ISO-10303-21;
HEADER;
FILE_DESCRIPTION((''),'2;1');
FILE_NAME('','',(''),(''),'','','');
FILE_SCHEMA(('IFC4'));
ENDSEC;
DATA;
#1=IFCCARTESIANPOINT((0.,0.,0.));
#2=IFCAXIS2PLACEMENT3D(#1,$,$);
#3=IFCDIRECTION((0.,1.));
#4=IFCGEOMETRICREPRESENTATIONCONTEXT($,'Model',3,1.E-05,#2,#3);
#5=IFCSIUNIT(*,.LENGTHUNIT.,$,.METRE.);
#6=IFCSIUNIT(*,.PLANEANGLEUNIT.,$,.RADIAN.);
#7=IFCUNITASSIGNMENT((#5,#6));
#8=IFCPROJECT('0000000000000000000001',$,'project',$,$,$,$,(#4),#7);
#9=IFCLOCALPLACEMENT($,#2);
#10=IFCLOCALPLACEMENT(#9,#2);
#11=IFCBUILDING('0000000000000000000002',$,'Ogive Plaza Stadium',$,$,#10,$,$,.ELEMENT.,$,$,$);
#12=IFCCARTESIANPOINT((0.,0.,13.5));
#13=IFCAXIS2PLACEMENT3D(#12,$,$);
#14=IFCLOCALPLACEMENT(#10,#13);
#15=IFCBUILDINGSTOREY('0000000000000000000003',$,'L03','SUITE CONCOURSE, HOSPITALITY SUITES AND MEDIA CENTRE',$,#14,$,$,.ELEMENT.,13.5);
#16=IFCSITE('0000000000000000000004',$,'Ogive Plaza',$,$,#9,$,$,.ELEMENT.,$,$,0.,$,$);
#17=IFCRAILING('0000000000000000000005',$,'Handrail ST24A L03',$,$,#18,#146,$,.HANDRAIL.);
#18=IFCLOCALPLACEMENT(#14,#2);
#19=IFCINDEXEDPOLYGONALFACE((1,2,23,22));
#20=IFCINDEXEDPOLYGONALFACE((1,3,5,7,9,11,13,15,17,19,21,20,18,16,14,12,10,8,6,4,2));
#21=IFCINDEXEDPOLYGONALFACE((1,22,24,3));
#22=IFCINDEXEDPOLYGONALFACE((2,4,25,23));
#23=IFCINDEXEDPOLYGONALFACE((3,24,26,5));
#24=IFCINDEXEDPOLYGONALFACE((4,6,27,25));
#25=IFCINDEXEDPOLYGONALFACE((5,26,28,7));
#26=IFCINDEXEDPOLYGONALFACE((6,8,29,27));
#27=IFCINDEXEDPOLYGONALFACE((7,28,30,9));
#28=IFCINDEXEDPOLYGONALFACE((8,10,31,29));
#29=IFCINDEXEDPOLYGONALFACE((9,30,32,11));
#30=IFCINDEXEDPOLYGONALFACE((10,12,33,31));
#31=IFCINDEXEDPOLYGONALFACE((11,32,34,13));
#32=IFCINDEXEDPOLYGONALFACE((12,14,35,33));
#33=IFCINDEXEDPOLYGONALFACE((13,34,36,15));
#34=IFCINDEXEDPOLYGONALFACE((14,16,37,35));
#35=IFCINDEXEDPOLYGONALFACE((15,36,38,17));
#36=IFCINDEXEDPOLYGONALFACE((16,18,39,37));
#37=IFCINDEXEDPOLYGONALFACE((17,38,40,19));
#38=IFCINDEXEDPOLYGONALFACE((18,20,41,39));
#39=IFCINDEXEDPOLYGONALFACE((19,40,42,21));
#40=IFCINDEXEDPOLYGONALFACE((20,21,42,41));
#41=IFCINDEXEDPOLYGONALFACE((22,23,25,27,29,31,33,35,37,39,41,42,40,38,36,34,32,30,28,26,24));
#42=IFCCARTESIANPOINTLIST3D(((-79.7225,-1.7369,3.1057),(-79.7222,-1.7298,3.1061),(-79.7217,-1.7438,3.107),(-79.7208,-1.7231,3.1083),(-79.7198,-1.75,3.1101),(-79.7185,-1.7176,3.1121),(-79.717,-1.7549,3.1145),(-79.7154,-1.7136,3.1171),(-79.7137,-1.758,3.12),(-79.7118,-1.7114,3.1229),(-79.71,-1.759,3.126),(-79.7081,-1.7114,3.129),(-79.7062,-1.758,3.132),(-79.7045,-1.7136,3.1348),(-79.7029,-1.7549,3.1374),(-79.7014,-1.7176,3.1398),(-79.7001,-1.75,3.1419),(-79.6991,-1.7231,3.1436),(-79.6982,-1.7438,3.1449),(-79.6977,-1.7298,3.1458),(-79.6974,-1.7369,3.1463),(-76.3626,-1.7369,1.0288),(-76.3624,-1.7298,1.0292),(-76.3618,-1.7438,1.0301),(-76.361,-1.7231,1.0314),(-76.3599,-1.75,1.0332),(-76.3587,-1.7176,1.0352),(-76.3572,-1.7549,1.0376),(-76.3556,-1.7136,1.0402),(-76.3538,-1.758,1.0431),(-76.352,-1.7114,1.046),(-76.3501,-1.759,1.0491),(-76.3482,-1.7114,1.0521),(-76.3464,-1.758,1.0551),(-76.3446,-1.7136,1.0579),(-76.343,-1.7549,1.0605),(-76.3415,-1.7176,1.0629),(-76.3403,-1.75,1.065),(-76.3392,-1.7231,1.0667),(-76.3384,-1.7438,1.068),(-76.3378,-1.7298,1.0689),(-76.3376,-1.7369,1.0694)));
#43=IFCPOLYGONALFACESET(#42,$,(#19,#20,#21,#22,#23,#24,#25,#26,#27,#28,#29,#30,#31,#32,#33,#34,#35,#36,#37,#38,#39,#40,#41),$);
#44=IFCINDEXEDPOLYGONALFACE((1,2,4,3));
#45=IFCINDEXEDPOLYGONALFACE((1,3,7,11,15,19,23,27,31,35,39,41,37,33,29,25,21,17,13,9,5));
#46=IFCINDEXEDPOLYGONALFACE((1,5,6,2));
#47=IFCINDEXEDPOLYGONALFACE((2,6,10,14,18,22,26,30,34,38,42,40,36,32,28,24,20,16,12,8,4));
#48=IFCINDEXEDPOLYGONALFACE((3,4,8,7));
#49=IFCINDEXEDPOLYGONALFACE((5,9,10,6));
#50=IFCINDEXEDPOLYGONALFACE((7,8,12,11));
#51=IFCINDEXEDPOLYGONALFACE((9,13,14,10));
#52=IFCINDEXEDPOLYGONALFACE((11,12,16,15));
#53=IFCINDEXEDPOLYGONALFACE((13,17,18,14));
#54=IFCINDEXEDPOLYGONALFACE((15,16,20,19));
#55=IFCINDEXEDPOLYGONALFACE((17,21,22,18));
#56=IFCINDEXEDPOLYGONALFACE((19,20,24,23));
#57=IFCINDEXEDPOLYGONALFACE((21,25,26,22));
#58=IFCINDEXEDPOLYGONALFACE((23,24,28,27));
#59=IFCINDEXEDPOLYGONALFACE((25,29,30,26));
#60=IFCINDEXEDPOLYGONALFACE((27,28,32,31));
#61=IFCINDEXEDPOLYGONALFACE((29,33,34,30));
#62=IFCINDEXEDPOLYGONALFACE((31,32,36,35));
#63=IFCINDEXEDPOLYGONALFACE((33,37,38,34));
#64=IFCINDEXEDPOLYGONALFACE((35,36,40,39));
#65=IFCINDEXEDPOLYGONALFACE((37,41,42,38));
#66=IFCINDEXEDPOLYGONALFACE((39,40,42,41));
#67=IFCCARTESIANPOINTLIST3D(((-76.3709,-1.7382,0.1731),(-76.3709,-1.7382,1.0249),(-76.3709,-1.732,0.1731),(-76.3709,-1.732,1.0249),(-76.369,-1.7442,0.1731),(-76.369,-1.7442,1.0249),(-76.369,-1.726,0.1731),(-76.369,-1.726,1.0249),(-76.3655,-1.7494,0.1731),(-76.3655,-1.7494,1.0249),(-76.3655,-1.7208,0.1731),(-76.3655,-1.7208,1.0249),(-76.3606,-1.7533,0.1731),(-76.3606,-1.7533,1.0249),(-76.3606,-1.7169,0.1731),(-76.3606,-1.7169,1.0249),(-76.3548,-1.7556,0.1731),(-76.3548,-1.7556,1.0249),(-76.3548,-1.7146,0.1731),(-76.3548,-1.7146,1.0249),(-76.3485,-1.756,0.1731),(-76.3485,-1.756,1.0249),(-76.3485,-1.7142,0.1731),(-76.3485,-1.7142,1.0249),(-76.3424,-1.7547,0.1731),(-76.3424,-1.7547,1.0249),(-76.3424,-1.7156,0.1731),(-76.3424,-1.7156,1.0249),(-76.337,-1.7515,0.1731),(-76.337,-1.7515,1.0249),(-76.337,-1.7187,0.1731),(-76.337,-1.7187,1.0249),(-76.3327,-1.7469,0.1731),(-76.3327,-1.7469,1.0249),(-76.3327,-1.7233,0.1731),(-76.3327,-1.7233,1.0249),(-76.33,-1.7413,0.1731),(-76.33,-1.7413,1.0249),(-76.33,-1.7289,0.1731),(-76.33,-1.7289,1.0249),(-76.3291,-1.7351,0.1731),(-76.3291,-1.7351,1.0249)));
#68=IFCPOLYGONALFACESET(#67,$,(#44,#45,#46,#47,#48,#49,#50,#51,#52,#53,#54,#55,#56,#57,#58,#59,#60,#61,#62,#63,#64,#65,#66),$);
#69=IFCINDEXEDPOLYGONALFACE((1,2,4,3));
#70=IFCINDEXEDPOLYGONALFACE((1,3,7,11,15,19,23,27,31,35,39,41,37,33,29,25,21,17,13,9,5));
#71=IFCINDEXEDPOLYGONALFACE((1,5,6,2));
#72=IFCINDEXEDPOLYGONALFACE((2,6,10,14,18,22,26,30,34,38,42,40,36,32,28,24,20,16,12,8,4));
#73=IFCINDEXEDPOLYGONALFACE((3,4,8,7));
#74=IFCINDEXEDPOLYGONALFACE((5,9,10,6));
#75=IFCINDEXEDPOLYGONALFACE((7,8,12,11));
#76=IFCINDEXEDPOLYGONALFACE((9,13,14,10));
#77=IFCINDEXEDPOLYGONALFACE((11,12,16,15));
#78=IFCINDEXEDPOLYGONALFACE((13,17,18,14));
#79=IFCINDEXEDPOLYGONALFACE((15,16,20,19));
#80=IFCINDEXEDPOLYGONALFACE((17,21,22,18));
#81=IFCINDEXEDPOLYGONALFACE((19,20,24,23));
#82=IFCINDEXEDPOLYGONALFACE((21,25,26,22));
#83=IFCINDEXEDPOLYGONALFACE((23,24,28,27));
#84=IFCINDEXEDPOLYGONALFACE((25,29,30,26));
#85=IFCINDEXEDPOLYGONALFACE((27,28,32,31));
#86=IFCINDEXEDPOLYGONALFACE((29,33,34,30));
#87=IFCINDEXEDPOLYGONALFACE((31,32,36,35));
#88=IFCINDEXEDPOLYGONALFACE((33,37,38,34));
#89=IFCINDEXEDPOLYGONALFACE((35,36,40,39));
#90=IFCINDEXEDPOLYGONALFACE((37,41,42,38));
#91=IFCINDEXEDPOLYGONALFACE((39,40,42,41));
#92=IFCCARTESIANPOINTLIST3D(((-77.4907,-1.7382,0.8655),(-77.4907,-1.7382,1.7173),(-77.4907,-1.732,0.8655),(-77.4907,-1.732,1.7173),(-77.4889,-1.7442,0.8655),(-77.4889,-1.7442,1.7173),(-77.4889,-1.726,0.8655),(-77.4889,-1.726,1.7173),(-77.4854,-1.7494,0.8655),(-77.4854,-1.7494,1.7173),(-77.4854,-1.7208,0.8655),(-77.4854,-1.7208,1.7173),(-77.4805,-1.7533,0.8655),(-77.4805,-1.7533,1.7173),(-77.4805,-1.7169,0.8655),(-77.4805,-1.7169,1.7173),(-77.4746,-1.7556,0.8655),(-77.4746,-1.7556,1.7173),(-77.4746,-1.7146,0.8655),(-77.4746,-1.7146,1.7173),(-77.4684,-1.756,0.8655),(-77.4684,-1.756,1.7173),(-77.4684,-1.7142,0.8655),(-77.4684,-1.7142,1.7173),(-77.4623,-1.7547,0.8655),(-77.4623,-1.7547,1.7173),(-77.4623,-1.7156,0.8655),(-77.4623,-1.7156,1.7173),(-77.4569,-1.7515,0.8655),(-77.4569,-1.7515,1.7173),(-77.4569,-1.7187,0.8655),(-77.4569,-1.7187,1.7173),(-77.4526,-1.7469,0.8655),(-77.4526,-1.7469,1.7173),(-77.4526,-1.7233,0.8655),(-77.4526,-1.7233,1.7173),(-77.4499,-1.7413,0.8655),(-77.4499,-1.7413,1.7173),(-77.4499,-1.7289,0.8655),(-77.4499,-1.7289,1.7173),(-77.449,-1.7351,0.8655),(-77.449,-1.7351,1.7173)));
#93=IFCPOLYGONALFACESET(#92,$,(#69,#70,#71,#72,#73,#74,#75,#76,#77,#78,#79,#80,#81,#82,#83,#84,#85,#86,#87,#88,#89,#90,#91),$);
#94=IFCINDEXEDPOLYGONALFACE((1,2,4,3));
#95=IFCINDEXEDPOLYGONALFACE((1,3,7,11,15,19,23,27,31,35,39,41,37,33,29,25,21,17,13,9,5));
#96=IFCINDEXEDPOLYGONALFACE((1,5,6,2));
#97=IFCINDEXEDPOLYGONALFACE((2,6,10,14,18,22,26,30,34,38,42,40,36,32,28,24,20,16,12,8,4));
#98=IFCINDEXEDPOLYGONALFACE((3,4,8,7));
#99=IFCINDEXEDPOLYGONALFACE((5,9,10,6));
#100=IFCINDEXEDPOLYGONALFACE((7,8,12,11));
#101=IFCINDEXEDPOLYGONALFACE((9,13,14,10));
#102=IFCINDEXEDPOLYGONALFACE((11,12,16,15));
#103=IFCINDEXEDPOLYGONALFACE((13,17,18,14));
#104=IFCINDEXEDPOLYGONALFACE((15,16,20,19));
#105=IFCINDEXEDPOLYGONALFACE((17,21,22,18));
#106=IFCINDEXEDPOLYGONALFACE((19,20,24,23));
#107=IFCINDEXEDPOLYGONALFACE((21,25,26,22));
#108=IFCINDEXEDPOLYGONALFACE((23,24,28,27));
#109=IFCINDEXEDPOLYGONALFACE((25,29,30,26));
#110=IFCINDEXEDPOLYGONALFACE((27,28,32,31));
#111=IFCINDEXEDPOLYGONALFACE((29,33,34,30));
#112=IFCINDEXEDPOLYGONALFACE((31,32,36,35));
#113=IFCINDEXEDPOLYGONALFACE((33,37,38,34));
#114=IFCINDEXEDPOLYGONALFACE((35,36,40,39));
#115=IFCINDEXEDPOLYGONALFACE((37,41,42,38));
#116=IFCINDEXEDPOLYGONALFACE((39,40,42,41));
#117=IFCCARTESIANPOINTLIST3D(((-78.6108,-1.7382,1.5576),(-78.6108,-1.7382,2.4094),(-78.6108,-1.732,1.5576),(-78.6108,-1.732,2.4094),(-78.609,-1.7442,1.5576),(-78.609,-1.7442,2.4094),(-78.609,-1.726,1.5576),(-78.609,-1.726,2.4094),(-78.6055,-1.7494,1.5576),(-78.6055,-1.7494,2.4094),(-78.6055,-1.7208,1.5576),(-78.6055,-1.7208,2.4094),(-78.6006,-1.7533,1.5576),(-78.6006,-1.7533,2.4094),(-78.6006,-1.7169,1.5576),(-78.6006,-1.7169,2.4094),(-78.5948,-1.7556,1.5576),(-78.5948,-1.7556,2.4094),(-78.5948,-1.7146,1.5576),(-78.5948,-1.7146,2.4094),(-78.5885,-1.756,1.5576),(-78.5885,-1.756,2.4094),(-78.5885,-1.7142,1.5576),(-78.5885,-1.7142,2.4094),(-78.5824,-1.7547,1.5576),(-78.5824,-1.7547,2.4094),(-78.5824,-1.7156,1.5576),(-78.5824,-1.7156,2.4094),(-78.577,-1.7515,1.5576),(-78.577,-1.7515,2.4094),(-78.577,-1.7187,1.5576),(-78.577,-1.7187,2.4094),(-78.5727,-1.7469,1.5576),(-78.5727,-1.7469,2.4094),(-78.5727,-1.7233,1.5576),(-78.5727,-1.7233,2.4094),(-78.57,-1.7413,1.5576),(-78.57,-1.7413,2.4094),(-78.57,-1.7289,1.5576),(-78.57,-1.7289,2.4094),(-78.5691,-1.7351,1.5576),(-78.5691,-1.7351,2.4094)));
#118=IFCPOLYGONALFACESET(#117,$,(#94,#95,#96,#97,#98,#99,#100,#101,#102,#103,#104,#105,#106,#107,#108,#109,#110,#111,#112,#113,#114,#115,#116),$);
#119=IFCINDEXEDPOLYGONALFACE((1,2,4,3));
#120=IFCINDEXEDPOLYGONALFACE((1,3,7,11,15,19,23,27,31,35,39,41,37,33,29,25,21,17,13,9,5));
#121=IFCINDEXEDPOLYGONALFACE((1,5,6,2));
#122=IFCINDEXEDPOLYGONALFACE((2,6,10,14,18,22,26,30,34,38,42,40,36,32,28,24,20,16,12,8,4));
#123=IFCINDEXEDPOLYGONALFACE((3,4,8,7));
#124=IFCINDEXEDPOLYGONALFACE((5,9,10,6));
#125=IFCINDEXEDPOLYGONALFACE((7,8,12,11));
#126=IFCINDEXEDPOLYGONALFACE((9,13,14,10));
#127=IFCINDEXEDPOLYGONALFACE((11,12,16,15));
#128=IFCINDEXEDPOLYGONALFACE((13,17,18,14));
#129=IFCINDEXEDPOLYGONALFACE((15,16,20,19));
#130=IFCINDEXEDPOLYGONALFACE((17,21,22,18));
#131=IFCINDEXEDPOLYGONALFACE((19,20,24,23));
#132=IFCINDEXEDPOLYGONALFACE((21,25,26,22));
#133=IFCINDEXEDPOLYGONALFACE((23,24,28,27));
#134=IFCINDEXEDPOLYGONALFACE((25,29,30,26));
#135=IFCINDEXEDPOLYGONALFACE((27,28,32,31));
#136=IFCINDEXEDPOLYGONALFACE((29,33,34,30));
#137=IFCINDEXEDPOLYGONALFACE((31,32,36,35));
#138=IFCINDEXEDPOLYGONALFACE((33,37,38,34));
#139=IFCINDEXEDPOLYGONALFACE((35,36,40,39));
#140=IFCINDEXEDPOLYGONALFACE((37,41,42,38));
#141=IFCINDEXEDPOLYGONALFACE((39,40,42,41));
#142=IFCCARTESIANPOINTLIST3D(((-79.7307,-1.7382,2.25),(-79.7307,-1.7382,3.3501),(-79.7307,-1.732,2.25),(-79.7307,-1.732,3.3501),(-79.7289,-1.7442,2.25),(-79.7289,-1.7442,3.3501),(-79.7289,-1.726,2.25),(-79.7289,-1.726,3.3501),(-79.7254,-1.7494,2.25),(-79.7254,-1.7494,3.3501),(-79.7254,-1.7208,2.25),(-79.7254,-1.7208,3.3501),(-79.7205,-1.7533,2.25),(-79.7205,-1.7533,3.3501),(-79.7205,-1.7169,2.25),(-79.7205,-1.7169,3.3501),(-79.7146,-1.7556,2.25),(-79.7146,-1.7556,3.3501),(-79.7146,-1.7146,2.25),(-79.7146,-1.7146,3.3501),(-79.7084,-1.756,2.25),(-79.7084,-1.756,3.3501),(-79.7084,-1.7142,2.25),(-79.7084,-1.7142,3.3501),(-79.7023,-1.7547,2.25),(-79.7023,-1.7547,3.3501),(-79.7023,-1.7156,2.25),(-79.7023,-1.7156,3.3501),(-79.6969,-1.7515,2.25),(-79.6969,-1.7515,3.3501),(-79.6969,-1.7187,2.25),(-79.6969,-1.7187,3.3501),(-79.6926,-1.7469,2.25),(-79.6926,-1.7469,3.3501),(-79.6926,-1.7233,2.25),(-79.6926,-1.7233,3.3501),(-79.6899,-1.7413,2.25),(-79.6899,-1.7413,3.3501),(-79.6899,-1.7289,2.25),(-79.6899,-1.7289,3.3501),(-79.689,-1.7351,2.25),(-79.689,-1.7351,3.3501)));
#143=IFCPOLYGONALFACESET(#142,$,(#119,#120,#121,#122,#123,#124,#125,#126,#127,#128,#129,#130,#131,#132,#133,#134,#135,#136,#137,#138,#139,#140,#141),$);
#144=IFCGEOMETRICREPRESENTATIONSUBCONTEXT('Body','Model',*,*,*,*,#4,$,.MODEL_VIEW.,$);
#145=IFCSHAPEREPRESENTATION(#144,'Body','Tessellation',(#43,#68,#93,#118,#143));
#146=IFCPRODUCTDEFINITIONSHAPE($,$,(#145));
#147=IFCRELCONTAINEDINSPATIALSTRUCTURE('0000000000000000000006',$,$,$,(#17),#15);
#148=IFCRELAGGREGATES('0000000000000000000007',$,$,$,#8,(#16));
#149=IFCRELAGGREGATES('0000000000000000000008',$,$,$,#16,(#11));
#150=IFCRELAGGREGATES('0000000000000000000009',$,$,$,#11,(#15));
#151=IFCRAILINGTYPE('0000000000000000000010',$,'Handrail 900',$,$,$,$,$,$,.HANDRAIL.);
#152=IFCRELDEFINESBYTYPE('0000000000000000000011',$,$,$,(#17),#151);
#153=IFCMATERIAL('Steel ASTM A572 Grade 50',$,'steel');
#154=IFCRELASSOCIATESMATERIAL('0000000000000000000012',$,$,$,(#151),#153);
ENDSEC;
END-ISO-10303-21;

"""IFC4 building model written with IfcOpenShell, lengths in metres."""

from ifc_helpers import new_model, si_unit, direction, frame, origin, origin_2d, place, context, subcontext, project, spatial, circle, extrude, material, type_object, element, save


model = new_model("IFC4")

# Units and contexts
model_context = context("Model", 3, precision=1e-05, world=origin(), true_north=direction((0.0, 1.0)))
body_context = subcontext(model_context, "Body", "Model", "MODEL_VIEW")
ifc_project = project(units=[si_unit("LENGTHUNIT", "METRE"), si_unit("PLANEANGLEUNIT", "RADIAN")], contexts=[model_context])

# Site, building, storey
site_placement = place(None, origin())
site = spatial("IfcSite", under=ifc_project, at=site_placement, Name="Ogive Plaza", CompositionType="ELEMENT", RefElevation=0.0)
building_placement = place(site_placement, origin())
building = spatial("IfcBuilding", under=site, at=building_placement, Name="Ogive Plaza Stadium", CompositionType="ELEMENT")
storey_placement = place(building_placement, frame((0.0, 0.0, 13.5)))
storey = spatial("IfcBuildingStorey", under=building, at=storey_placement, Name="L03", Description="SUITE CONCOURSE, HOSPITALITY SUITES AND MEDIA CENTRE", CompositionType="ELEMENT", Elevation=13.5)

# Railing
ifc_material_1 = material(Name="Steel ASTM A572 Grade 50", Category="steel")
railing_type_1 = type_object("IfcRailingType", Name="Handrail 900", PredefinedType="HANDRAIL", material=ifc_material_1)
for number, where, name in (
    (1, (-76.3501, -1.7351, 0.1731), "Handrail ST24A L03"),
):
    element("IfcRailing", number, at=place(storey_placement, frame(where)), inside=storey, type_object=railing_type_1, Name=name, PredefinedType="HANDRAIL", context=body_context, shape_type="SweptSolid", body=[
        extrude(circle(Radius=0.0239, at=origin_2d()), frame((0.0, 0.0, 0.876), z_axis=(-0.850606, 0.0, 0.525803), x_axis=(0.0, -1.0, 0.0)), (0.0, 0.0, 1.0), 3.95),
        extrude(circle(Radius=0.021, at=origin_2d()), origin(), (0.0, 0.0, 1.0), 0.8518),
        extrude(circle(Radius=0.021, at=origin_2d()), frame((-1.1199, 0.0, 0.6924)), (0.0, 0.0, 1.0), 0.8518),
        extrude(circle(Radius=0.021, at=origin_2d()), frame((-2.24, 0.0, 1.3845)), (0.0, 0.0, 1.0), 0.8518),
        extrude(circle(Radius=0.021, at=origin_2d()), frame((-3.3599, 0.0, 2.0769)), (0.0, 0.0, 1.0), 1.1001),
    ])

save(model, "model.ifc")
